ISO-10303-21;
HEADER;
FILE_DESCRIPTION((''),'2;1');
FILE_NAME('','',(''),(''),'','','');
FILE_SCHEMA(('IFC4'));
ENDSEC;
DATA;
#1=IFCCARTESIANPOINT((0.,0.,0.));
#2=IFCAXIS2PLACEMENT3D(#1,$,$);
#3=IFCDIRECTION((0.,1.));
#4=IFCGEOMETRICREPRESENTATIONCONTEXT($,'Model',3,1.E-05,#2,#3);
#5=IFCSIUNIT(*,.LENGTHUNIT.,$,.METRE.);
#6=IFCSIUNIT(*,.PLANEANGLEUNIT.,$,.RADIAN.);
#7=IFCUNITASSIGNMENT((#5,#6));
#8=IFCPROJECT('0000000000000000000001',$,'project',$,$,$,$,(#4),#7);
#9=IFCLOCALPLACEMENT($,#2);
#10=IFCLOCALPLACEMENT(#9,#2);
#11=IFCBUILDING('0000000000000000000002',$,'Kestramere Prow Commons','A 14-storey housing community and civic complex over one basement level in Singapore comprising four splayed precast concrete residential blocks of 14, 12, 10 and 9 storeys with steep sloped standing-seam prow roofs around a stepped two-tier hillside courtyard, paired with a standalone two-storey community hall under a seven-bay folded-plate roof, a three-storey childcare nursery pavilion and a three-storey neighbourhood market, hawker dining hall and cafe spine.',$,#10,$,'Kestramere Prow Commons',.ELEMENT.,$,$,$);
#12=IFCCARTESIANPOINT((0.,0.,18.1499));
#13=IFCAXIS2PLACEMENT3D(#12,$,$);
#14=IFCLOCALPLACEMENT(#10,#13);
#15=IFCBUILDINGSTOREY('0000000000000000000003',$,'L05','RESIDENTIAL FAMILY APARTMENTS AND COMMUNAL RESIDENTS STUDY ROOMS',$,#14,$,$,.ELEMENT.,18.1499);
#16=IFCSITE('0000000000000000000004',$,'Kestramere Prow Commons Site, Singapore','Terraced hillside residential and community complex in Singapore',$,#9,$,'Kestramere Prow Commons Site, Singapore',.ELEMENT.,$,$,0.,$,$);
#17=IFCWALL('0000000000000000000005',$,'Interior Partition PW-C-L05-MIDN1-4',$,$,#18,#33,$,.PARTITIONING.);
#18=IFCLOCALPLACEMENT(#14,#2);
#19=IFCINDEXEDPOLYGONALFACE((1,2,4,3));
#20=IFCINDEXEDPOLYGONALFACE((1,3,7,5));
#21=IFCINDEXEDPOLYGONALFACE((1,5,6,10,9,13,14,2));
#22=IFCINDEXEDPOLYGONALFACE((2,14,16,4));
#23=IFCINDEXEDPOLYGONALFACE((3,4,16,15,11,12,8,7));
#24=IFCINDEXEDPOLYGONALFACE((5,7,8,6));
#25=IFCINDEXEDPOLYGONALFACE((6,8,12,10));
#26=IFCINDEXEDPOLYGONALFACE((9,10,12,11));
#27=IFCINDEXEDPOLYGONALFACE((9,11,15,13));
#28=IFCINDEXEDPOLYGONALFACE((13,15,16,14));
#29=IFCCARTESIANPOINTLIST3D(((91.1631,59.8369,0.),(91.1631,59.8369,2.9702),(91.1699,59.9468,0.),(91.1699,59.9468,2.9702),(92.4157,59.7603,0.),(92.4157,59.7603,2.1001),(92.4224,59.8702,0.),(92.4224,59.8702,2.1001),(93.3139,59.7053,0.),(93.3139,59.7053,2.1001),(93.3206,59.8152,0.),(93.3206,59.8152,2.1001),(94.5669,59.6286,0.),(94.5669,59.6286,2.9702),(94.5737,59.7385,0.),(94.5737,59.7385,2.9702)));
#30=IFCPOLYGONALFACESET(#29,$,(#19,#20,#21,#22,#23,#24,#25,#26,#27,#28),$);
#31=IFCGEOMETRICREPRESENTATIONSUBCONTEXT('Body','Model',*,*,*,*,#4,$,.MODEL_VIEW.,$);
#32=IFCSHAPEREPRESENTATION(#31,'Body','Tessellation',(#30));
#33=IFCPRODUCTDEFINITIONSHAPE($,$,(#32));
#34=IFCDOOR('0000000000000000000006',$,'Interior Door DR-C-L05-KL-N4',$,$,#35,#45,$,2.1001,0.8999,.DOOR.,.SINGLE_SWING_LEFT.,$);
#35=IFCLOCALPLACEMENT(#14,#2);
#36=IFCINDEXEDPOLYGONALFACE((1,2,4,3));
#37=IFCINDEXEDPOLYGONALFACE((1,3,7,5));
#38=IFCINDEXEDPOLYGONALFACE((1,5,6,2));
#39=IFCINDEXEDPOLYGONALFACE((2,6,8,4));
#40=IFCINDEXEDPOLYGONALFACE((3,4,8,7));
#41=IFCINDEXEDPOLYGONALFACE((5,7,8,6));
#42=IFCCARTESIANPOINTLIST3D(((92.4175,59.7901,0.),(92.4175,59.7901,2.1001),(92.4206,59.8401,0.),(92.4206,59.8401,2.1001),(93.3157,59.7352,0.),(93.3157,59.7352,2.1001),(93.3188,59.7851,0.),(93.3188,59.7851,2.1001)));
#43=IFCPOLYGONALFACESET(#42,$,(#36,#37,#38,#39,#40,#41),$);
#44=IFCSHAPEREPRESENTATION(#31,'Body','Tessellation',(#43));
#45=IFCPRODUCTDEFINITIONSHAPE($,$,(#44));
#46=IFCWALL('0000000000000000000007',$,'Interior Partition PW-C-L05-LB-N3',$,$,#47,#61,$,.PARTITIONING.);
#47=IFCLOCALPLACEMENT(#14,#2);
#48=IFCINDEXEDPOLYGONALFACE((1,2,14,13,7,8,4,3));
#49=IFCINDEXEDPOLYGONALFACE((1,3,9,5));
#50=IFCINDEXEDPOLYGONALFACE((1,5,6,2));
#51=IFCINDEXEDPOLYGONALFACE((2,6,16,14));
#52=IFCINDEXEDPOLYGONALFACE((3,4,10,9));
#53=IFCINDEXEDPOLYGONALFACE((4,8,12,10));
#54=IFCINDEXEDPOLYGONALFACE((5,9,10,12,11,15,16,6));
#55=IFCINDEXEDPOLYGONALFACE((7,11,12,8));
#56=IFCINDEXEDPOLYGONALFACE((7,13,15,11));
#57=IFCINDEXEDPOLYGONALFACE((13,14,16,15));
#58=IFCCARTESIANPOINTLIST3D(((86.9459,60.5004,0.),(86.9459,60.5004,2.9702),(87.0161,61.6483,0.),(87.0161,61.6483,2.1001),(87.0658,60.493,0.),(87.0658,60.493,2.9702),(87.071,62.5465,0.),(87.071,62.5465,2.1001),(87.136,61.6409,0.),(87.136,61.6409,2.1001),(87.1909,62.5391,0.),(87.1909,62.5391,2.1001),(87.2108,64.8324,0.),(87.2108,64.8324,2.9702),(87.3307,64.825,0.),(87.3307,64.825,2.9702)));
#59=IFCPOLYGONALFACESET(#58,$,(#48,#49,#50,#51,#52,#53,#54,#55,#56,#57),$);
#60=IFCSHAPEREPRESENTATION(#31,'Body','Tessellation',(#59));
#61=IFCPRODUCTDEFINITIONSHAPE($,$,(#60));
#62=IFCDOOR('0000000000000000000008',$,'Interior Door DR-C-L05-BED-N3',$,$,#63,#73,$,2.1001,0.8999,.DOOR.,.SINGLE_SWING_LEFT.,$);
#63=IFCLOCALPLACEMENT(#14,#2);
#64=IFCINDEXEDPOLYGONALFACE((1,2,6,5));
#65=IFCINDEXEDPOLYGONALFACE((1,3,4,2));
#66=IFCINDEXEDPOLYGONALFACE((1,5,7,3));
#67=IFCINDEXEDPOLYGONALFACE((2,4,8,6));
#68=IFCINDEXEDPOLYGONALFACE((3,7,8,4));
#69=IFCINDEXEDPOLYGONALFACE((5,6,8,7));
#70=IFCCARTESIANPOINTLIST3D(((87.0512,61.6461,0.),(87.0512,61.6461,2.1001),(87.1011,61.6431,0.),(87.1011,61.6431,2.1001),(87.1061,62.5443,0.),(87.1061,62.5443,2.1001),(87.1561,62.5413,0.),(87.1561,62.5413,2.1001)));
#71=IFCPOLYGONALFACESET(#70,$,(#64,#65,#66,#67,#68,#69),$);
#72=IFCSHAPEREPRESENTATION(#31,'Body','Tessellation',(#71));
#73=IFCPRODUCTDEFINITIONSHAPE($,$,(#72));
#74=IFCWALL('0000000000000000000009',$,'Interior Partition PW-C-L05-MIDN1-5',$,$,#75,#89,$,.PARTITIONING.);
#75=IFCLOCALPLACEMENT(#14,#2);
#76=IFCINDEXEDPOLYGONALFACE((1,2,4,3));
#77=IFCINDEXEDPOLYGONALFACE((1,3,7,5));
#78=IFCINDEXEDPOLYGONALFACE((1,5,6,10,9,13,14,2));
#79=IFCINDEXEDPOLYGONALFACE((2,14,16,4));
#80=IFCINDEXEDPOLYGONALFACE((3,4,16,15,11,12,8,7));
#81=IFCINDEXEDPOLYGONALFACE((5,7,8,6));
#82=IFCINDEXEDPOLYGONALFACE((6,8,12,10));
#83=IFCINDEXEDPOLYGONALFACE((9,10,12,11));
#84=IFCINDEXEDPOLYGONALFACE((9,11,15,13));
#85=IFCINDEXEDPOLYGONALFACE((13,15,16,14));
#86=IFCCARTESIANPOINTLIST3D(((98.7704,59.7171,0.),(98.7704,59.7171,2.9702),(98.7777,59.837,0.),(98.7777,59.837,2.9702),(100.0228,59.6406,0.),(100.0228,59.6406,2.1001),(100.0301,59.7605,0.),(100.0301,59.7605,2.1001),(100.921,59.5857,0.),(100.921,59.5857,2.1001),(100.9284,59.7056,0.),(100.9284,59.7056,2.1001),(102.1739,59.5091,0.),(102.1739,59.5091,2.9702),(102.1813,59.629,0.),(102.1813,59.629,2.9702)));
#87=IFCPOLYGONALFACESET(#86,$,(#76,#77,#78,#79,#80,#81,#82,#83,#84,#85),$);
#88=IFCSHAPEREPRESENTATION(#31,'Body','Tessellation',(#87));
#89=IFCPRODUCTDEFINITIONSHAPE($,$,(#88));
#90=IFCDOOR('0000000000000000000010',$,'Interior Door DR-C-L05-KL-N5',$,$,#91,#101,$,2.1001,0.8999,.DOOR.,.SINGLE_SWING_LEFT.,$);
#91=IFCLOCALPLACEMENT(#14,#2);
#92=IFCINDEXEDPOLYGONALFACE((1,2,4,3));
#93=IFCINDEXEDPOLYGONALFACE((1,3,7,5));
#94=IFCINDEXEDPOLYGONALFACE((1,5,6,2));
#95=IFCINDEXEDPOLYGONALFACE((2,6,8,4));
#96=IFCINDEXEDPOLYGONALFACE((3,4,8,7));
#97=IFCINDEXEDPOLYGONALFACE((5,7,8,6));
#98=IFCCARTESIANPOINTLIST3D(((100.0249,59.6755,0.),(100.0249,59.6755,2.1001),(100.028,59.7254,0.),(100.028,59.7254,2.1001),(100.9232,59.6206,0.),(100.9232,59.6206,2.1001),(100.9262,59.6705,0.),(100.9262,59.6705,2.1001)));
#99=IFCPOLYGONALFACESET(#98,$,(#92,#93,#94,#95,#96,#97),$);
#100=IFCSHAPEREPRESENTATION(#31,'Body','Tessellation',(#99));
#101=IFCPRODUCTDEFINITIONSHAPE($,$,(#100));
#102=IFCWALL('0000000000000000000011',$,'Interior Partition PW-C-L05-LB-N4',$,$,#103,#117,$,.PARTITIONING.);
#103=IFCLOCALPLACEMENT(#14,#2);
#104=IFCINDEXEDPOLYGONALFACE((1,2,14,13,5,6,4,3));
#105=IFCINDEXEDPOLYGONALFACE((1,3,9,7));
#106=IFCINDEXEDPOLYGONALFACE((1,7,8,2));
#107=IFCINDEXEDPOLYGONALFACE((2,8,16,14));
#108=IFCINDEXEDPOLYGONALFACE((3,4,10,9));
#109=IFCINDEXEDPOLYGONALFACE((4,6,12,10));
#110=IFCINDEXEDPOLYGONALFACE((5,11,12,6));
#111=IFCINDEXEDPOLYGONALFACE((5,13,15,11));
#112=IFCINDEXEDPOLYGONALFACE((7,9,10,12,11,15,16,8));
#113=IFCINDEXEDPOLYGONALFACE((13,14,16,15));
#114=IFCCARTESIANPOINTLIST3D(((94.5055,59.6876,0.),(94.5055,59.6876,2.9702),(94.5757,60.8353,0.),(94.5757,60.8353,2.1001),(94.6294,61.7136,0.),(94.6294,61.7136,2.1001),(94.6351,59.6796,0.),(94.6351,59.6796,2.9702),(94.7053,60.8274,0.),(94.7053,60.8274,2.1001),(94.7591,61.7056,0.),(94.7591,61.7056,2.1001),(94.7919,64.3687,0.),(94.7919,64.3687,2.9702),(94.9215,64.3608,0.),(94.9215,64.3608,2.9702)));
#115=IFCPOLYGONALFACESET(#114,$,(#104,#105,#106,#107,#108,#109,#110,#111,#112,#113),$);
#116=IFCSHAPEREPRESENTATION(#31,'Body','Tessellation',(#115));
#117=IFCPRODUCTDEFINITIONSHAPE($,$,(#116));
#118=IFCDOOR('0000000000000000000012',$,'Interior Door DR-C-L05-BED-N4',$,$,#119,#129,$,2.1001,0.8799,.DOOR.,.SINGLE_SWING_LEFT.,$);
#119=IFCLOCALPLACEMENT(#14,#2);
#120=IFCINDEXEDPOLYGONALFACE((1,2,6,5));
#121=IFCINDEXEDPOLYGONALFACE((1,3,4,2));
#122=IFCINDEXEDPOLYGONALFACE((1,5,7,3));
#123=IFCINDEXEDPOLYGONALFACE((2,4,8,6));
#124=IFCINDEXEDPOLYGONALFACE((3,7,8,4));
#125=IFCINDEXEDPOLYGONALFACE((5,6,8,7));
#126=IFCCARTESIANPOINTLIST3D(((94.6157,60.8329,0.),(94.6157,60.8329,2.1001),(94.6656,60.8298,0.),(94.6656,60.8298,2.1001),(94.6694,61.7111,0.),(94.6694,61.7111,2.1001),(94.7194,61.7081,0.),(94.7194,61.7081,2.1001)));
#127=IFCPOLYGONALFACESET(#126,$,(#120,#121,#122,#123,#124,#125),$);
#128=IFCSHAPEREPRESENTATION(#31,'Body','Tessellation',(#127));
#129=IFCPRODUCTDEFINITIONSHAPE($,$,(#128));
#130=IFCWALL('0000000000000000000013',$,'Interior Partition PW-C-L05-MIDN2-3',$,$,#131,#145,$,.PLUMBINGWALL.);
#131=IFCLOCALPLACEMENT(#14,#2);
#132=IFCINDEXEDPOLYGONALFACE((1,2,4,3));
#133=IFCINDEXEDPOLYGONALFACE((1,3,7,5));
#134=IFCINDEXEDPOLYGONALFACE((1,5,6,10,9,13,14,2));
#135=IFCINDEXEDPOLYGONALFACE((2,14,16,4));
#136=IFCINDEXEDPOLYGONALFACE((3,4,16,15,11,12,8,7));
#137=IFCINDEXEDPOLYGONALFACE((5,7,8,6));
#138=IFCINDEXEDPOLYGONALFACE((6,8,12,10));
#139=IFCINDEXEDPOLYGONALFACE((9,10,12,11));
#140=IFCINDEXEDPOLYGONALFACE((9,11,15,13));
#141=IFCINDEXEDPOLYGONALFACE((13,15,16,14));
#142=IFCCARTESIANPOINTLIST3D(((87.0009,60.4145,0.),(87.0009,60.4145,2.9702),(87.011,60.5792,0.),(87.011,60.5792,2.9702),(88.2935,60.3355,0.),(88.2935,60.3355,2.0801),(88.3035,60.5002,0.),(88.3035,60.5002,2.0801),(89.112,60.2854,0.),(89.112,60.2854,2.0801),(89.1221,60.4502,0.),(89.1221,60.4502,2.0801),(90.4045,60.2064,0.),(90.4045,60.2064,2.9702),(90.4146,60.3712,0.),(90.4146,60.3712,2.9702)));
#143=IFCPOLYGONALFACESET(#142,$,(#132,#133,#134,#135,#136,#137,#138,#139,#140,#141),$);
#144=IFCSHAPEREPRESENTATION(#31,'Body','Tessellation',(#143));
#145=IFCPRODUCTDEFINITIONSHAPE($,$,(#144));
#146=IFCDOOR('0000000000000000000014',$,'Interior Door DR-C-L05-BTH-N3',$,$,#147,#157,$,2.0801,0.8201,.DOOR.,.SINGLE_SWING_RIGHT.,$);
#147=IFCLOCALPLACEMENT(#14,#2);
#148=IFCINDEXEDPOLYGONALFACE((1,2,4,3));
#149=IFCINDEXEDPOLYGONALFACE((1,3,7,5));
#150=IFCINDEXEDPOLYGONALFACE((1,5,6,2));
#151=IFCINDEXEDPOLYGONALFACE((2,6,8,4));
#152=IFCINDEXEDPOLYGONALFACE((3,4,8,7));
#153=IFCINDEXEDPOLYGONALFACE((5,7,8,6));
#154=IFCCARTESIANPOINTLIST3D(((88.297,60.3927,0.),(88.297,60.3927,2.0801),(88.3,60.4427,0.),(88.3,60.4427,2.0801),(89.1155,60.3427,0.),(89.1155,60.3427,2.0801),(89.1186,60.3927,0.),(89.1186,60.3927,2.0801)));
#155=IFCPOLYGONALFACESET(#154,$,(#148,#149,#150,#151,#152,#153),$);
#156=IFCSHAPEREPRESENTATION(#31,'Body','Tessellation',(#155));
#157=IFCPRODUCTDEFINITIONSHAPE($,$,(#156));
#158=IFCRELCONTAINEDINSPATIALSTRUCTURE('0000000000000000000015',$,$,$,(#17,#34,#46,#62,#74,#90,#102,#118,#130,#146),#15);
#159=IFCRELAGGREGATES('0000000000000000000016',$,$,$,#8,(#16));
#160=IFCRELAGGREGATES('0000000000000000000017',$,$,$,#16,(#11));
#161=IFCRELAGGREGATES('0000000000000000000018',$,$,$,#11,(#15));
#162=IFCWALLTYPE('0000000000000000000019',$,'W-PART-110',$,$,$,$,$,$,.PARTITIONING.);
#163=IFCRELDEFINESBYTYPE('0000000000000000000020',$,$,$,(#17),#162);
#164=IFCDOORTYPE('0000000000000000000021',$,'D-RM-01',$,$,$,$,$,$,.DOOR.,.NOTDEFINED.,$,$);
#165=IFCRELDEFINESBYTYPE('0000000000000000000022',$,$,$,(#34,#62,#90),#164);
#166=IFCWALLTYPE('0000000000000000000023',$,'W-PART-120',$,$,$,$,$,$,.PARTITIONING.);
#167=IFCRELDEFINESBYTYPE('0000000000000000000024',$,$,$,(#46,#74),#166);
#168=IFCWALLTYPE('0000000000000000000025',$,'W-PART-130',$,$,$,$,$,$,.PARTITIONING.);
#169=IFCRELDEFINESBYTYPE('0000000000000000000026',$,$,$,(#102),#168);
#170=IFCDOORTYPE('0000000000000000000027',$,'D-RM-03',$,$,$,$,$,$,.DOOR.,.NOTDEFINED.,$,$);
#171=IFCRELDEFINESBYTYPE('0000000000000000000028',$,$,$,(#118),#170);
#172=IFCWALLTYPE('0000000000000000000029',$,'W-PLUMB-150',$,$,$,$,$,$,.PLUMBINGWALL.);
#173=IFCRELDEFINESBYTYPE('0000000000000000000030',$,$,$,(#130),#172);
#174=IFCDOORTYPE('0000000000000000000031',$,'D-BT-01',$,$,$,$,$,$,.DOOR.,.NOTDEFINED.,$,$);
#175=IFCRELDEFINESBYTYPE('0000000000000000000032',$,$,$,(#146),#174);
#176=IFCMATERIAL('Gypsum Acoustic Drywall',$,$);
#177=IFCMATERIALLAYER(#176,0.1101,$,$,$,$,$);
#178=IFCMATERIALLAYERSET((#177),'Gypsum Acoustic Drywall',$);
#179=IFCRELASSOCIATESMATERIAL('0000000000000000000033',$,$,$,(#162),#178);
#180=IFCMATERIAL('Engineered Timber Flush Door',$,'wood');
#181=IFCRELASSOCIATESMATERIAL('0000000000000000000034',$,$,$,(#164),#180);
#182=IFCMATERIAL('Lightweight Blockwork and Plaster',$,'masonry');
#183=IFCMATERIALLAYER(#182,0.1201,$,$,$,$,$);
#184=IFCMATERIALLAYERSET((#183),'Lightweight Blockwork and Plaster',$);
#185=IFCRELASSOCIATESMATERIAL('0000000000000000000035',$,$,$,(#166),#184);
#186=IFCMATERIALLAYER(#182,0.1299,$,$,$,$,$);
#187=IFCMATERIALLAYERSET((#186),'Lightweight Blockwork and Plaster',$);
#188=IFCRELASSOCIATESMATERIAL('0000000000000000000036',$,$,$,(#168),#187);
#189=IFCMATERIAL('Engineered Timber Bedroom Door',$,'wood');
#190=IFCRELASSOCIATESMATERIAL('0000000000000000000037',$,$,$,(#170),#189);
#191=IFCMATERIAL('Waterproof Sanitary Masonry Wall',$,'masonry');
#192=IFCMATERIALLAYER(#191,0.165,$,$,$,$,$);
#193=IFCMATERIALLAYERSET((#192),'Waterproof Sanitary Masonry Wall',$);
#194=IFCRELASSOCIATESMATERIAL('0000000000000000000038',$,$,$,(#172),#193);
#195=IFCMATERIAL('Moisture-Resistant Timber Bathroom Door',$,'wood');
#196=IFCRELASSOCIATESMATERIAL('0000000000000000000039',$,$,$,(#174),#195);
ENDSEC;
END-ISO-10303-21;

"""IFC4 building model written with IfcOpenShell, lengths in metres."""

from ifc_helpers import new_model, si_unit, direction, frame, frame_2d, origin, place, context, subcontext, project, spatial, rectangle, extrude, material, layer, layer_set, type_object, element, fill, save


model = new_model("IFC4")

# Units and contexts
model_context = context("Model", 3, precision=1e-05, world=origin(), true_north=direction((0.0, 1.0)))
body_context = subcontext(model_context, "Body", "Model", "MODEL_VIEW")
ifc_project = project(units=[si_unit("LENGTHUNIT", "METRE"), si_unit("PLANEANGLEUNIT", "RADIAN")], contexts=[model_context])

# Site, building, storey
site_placement = place(None, origin())
site = spatial("IfcSite", under=ifc_project, at=site_placement, Name="Kestramere Prow Commons Site, Singapore", Description="Terraced hillside residential and community complex in Singapore", LongName="Kestramere Prow Commons Site, Singapore", CompositionType="ELEMENT", RefElevation=0.0)
building_placement = place(site_placement, origin())
building = spatial("IfcBuilding", under=site, at=building_placement, Name="Kestramere Prow Commons", Description="A 14-storey housing community and civic complex over one basement level in Singapore comprising four splayed precast concrete residential blocks of 14, 12, 10 and 9 storeys with steep sloped standing-seam prow roofs around a stepped two-tier hillside courtyard, paired with a standalone two-storey community hall under a seven-bay folded-plate roof, a three-storey childcare nursery pavilion and a three-storey neighbourhood market, hawker dining hall and cafe spine.", LongName="Kestramere Prow Commons", CompositionType="ELEMENT")
storey_placement = place(building_placement, frame((0.0, 0.0, 18.1499)))
storey = spatial("IfcBuildingStorey", under=building, at=storey_placement, Name="L05", Description="RESIDENTIAL FAMILY APARTMENTS AND COMMUNAL RESIDENTS STUDY ROOMS", CompositionType="ELEMENT", Elevation=18.1499)

# Walls, openings, doors
ifc_material_1 = material(Name="Gypsum Acoustic Drywall")
ifc_layer_1 = layer(ifc_material_1, 0.1101)
ifc_layer_set_1 = layer_set([ifc_layer_1], Name="Gypsum Acoustic Drywall")
wall_type_1 = type_object("IfcWallType", Name="W-PART-110", PredefinedType="PARTITIONING", material=ifc_layer_set_1)
wall_1_placement = place(storey_placement, frame((91.1665, 59.8918, 0.0), z_axis=(0.0, 0.0, 1.0), x_axis=(0.998134, -0.061068, 0.0)))
wall_1 = element("IfcWall", 1, at=wall_1_placement, inside=storey, type_object=wall_type_1, Name="Interior Partition PW-C-L05-MIDN1-4", PredefinedType="PARTITIONING", context=body_context, shape_type="SweptSolid", body=[
    extrude(rectangle(XDim=3.4102, YDim=0.1101, at=frame_2d((1.7051, 0.0))), origin(), (0.0, 0.0, 1.0), 2.9702),
])
opening_1_placement = place(wall_1_placement, frame((1.2549, 0.0, 0.0)))
opening_1 = element("IfcOpeningElement", 2, at=opening_1_placement, cuts=wall_1, PredefinedType="OPENING", context=body_context, shape_type="SweptSolid", body=[
    extrude(rectangle(XDim=0.8999, YDim=2.1001, at=frame_2d((0.45, 1.05))), frame((0.0, 0.0701, 0.0), z_axis=(0.0, -1.0, 0.0), x_axis=(1.0, 0.0, 0.0)), (0.0, 0.0, 1.0), 0.1401),
])
ifc_material_2 = material(Name="Engineered Timber Flush Door", Category="wood")
door_type_1 = type_object("IfcDoorType", Name="D-RM-01", OperationType="NOTDEFINED", PredefinedType="DOOR", material=ifc_material_2)
door_1_placement = place(opening_1_placement, origin())
door_1 = element("IfcDoor", 3, at=door_1_placement, inside=storey, type_object=door_type_1, Name="Interior Door DR-C-L05-KL-N4", OperationType="SINGLE_SWING_LEFT", OverallHeight=2.1001, OverallWidth=0.8999, PredefinedType="DOOR", context=body_context, shape_type="SweptSolid", body=[
    extrude(rectangle(XDim=0.8999, YDim=2.1001, at=frame_2d((0.45, 1.05))), frame((0.0, 0.0249, 0.0), z_axis=(0.0, -1.0, 0.0), x_axis=(1.0, 0.0, 0.0)), (0.0, 0.0, 1.0), 0.05),
])
fill(opening_1, door_1)
ifc_material_3 = material(Name="Lightweight Blockwork and Plaster", Category="masonry")
ifc_layer_2 = layer(ifc_material_3, 0.1201)
ifc_layer_set_2 = layer_set([ifc_layer_2], Name="Lightweight Blockwork and Plaster")
wall_type_2 = type_object("IfcWallType", Name="W-PART-120", PredefinedType="PARTITIONING", material=ifc_layer_set_2)
wall_2_placement = place(storey_placement, frame((87.0059, 60.4968, 0.0), z_axis=(0.0, 0.0, 1.0), x_axis=(0.061033, 0.998136, 0.0)))
wall_2 = element("IfcWall", 4, at=wall_2_placement, inside=storey, type_object=wall_type_2, Name="Interior Partition PW-C-L05-LB-N3", PredefinedType="PARTITIONING", context=body_context, shape_type="SweptSolid", body=[
    extrude(rectangle(XDim=4.3401, YDim=0.1201, at=frame_2d((2.1699, 0.0))), origin(), (0.0, 0.0, 1.0), 2.9702),
])
opening_2_placement = place(wall_2_placement, frame((1.1499, 0.0, 0.0)))
opening_2 = element("IfcOpeningElement", 5, at=opening_2_placement, cuts=wall_2, PredefinedType="OPENING", context=body_context, shape_type="SweptSolid", body=[
    extrude(rectangle(XDim=0.8999, YDim=2.1001, at=frame_2d((0.45, 1.05))), frame((0.0, 0.075, 0.0), z_axis=(0.0, -1.0, 0.0), x_axis=(1.0, 0.0, 0.0)), (0.0, 0.0, 1.0), 0.1501),
])
door_2_placement = place(opening_2_placement, origin())
door_2 = element("IfcDoor", 6, at=door_2_placement, inside=storey, type_object=door_type_1, Name="Interior Door DR-C-L05-BED-N3", OperationType="SINGLE_SWING_LEFT", OverallHeight=2.1001, OverallWidth=0.8999, PredefinedType="DOOR", context=body_context, shape_type="SweptSolid", body=[
    extrude(rectangle(XDim=0.8999, YDim=2.1001, at=frame_2d((0.45, 1.05))), frame((0.0, 0.0249, 0.0), z_axis=(0.0, -1.0, 0.0), x_axis=(1.0, 0.0, 0.0)), (0.0, 0.0, 1.0), 0.05),
])
fill(opening_2, door_2)
wall_3_placement = place(storey_placement, frame((98.7739, 59.7771, 0.0), z_axis=(0.0, 0.0, 1.0), x_axis=(0.998138, -0.061001, 0.0)))
wall_3 = element("IfcWall", 7, at=wall_3_placement, inside=storey, type_object=wall_type_2, Name="Interior Partition PW-C-L05-MIDN1-5", PredefinedType="PARTITIONING", context=body_context, shape_type="SweptSolid", body=[
    extrude(rectangle(XDim=3.4099, YDim=0.1201, at=frame_2d((1.7051, 0.0))), origin(), (0.0, 0.0, 1.0), 2.9702),
])
opening_3_placement = place(wall_3_placement, frame((1.2549, 0.0, 0.0)))
opening_3 = element("IfcOpeningElement", 8, at=opening_3_placement, cuts=wall_3, PredefinedType="OPENING", context=body_context, shape_type="SweptSolid", body=[
    extrude(rectangle(XDim=0.8999, YDim=2.1001, at=frame_2d((0.45, 1.05))), frame((0.0, 0.075, 0.0), z_axis=(0.0, -1.0, 0.0), x_axis=(1.0, 0.0, 0.0)), (0.0, 0.0, 1.0), 0.1501),
])
door_3_placement = place(opening_3_placement, origin())
door_3 = element("IfcDoor", 9, at=door_3_placement, inside=storey, type_object=door_type_1, Name="Interior Door DR-C-L05-KL-N5", OperationType="SINGLE_SWING_LEFT", OverallHeight=2.1001, OverallWidth=0.8999, PredefinedType="DOOR", context=body_context, shape_type="SweptSolid", body=[
    extrude(rectangle(XDim=0.8999, YDim=2.1001, at=frame_2d((0.45, 1.05))), frame((0.0, 0.0249, 0.0), z_axis=(0.0, -1.0, 0.0), x_axis=(1.0, 0.0, 0.0)), (0.0, 0.0, 1.0), 0.05),
])
fill(opening_3, door_3)
ifc_layer_3 = layer(ifc_material_3, 0.1299)
ifc_layer_set_3 = layer_set([ifc_layer_3], Name="Lightweight Blockwork and Plaster")
wall_type_3 = type_object("IfcWallType", Name="W-PART-130", PredefinedType="PARTITIONING", material=ifc_layer_set_3)
wall_4_placement = place(storey_placement, frame((94.5703, 59.6836, 0.0), z_axis=(0.0, 0.0, 1.0), x_axis=(0.061062, 0.998134, 0.0)))
wall_4 = element("IfcWall", 10, at=wall_4_placement, inside=storey, type_object=wall_type_3, Name="Interior Partition PW-C-L05-LB-N4", PredefinedType="PARTITIONING", context=body_context, shape_type="SweptSolid", body=[
    extrude(rectangle(XDim=4.6899, YDim=0.1299, at=frame_2d((2.345, 0.0))), origin(), (0.0, 0.0, 1.0), 2.9702),
])
opening_4_placement = place(wall_4_placement, frame((1.1499, 0.0, 0.0)))
opening_4 = element("IfcOpeningElement", 11, at=opening_4_placement, cuts=wall_4, PredefinedType="OPENING", context=body_context, shape_type="SweptSolid", body=[
    extrude(rectangle(XDim=0.8799, YDim=2.1001, at=frame_2d((0.4399, 1.05))), frame((0.0, 0.0798, 0.0), z_axis=(0.0, -1.0, 0.0), x_axis=(1.0, 0.0, 0.0)), (0.0, 0.0, 1.0), 0.1599),
])
ifc_material_4 = material(Name="Engineered Timber Bedroom Door", Category="wood")
door_type_2 = type_object("IfcDoorType", Name="D-RM-03", OperationType="NOTDEFINED", PredefinedType="DOOR", material=ifc_material_4)
door_4_placement = place(opening_4_placement, origin())
door_4 = element("IfcDoor", 12, at=door_4_placement, inside=storey, type_object=door_type_2, Name="Interior Door DR-C-L05-BED-N4", OperationType="SINGLE_SWING_LEFT", OverallHeight=2.1001, OverallWidth=0.8799, PredefinedType="DOOR", context=body_context, shape_type="SweptSolid", body=[
    extrude(rectangle(XDim=0.8799, YDim=2.1001, at=frame_2d((0.4399, 1.05))), frame((0.0, 0.0249, 0.0), z_axis=(0.0, -1.0, 0.0), x_axis=(1.0, 0.0, 0.0)), (0.0, 0.0, 1.0), 0.05),
])
fill(opening_4, door_4)
ifc_material_5 = material(Name="Waterproof Sanitary Masonry Wall", Category="masonry")
ifc_layer_4 = layer(ifc_material_5, 0.165)
ifc_layer_set_4 = layer_set([ifc_layer_4], Name="Waterproof Sanitary Masonry Wall")
wall_type_4 = type_object("IfcWallType", Name="W-PLUMB-150", PredefinedType="PLUMBINGWALL", material=ifc_layer_set_4)
wall_5_placement = place(storey_placement, frame((87.0059, 60.4968, 0.0), z_axis=(0.0, 0.0, 1.0), x_axis=(0.998138, -0.061001, 0.0)))
wall_5 = element("IfcWall", 13, at=wall_5_placement, inside=storey, type_object=wall_type_4, Name="Interior Partition PW-C-L05-MIDN2-3", PredefinedType="PLUMBINGWALL", context=body_context, shape_type="SweptSolid", body=[
    extrude(rectangle(XDim=3.4099, YDim=0.165, at=frame_2d((1.7051, 0.0))), origin(), (0.0, 0.0, 1.0), 2.9702),
])
opening_5_placement = place(wall_5_placement, frame((1.2949, 0.0, 0.0)))
opening_5 = element("IfcOpeningElement", 14, at=opening_5_placement, cuts=wall_5, PredefinedType="OPENING", context=body_context, shape_type="SweptSolid", body=[
    extrude(rectangle(XDim=0.8201, YDim=2.0801, at=frame_2d((0.4102, 1.04))), frame((0.0, 0.0974, 0.0), z_axis=(0.0, -1.0, 0.0), x_axis=(1.0, 0.0, 0.0)), (0.0, 0.0, 1.0), 0.1951),
])
ifc_material_6 = material(Name="Moisture-Resistant Timber Bathroom Door", Category="wood")
door_type_3 = type_object("IfcDoorType", Name="D-BT-01", OperationType="NOTDEFINED", PredefinedType="DOOR", material=ifc_material_6)
door_5_placement = place(opening_5_placement, origin())
door_5 = element("IfcDoor", 15, at=door_5_placement, inside=storey, type_object=door_type_3, Name="Interior Door DR-C-L05-BTH-N3", OperationType="SINGLE_SWING_RIGHT", OverallHeight=2.0801, OverallWidth=0.8201, PredefinedType="DOOR", context=body_context, shape_type="SweptSolid", body=[
    extrude(rectangle(XDim=0.8201, YDim=2.0801, at=frame_2d((0.4102, 1.04))), frame((0.0, 0.0249, 0.0), z_axis=(0.0, -1.0, 0.0), x_axis=(1.0, 0.0, 0.0)), (0.0, 0.0, 1.0), 0.05),
])
fill(opening_5, door_5)

save(model, "model.ifc")
